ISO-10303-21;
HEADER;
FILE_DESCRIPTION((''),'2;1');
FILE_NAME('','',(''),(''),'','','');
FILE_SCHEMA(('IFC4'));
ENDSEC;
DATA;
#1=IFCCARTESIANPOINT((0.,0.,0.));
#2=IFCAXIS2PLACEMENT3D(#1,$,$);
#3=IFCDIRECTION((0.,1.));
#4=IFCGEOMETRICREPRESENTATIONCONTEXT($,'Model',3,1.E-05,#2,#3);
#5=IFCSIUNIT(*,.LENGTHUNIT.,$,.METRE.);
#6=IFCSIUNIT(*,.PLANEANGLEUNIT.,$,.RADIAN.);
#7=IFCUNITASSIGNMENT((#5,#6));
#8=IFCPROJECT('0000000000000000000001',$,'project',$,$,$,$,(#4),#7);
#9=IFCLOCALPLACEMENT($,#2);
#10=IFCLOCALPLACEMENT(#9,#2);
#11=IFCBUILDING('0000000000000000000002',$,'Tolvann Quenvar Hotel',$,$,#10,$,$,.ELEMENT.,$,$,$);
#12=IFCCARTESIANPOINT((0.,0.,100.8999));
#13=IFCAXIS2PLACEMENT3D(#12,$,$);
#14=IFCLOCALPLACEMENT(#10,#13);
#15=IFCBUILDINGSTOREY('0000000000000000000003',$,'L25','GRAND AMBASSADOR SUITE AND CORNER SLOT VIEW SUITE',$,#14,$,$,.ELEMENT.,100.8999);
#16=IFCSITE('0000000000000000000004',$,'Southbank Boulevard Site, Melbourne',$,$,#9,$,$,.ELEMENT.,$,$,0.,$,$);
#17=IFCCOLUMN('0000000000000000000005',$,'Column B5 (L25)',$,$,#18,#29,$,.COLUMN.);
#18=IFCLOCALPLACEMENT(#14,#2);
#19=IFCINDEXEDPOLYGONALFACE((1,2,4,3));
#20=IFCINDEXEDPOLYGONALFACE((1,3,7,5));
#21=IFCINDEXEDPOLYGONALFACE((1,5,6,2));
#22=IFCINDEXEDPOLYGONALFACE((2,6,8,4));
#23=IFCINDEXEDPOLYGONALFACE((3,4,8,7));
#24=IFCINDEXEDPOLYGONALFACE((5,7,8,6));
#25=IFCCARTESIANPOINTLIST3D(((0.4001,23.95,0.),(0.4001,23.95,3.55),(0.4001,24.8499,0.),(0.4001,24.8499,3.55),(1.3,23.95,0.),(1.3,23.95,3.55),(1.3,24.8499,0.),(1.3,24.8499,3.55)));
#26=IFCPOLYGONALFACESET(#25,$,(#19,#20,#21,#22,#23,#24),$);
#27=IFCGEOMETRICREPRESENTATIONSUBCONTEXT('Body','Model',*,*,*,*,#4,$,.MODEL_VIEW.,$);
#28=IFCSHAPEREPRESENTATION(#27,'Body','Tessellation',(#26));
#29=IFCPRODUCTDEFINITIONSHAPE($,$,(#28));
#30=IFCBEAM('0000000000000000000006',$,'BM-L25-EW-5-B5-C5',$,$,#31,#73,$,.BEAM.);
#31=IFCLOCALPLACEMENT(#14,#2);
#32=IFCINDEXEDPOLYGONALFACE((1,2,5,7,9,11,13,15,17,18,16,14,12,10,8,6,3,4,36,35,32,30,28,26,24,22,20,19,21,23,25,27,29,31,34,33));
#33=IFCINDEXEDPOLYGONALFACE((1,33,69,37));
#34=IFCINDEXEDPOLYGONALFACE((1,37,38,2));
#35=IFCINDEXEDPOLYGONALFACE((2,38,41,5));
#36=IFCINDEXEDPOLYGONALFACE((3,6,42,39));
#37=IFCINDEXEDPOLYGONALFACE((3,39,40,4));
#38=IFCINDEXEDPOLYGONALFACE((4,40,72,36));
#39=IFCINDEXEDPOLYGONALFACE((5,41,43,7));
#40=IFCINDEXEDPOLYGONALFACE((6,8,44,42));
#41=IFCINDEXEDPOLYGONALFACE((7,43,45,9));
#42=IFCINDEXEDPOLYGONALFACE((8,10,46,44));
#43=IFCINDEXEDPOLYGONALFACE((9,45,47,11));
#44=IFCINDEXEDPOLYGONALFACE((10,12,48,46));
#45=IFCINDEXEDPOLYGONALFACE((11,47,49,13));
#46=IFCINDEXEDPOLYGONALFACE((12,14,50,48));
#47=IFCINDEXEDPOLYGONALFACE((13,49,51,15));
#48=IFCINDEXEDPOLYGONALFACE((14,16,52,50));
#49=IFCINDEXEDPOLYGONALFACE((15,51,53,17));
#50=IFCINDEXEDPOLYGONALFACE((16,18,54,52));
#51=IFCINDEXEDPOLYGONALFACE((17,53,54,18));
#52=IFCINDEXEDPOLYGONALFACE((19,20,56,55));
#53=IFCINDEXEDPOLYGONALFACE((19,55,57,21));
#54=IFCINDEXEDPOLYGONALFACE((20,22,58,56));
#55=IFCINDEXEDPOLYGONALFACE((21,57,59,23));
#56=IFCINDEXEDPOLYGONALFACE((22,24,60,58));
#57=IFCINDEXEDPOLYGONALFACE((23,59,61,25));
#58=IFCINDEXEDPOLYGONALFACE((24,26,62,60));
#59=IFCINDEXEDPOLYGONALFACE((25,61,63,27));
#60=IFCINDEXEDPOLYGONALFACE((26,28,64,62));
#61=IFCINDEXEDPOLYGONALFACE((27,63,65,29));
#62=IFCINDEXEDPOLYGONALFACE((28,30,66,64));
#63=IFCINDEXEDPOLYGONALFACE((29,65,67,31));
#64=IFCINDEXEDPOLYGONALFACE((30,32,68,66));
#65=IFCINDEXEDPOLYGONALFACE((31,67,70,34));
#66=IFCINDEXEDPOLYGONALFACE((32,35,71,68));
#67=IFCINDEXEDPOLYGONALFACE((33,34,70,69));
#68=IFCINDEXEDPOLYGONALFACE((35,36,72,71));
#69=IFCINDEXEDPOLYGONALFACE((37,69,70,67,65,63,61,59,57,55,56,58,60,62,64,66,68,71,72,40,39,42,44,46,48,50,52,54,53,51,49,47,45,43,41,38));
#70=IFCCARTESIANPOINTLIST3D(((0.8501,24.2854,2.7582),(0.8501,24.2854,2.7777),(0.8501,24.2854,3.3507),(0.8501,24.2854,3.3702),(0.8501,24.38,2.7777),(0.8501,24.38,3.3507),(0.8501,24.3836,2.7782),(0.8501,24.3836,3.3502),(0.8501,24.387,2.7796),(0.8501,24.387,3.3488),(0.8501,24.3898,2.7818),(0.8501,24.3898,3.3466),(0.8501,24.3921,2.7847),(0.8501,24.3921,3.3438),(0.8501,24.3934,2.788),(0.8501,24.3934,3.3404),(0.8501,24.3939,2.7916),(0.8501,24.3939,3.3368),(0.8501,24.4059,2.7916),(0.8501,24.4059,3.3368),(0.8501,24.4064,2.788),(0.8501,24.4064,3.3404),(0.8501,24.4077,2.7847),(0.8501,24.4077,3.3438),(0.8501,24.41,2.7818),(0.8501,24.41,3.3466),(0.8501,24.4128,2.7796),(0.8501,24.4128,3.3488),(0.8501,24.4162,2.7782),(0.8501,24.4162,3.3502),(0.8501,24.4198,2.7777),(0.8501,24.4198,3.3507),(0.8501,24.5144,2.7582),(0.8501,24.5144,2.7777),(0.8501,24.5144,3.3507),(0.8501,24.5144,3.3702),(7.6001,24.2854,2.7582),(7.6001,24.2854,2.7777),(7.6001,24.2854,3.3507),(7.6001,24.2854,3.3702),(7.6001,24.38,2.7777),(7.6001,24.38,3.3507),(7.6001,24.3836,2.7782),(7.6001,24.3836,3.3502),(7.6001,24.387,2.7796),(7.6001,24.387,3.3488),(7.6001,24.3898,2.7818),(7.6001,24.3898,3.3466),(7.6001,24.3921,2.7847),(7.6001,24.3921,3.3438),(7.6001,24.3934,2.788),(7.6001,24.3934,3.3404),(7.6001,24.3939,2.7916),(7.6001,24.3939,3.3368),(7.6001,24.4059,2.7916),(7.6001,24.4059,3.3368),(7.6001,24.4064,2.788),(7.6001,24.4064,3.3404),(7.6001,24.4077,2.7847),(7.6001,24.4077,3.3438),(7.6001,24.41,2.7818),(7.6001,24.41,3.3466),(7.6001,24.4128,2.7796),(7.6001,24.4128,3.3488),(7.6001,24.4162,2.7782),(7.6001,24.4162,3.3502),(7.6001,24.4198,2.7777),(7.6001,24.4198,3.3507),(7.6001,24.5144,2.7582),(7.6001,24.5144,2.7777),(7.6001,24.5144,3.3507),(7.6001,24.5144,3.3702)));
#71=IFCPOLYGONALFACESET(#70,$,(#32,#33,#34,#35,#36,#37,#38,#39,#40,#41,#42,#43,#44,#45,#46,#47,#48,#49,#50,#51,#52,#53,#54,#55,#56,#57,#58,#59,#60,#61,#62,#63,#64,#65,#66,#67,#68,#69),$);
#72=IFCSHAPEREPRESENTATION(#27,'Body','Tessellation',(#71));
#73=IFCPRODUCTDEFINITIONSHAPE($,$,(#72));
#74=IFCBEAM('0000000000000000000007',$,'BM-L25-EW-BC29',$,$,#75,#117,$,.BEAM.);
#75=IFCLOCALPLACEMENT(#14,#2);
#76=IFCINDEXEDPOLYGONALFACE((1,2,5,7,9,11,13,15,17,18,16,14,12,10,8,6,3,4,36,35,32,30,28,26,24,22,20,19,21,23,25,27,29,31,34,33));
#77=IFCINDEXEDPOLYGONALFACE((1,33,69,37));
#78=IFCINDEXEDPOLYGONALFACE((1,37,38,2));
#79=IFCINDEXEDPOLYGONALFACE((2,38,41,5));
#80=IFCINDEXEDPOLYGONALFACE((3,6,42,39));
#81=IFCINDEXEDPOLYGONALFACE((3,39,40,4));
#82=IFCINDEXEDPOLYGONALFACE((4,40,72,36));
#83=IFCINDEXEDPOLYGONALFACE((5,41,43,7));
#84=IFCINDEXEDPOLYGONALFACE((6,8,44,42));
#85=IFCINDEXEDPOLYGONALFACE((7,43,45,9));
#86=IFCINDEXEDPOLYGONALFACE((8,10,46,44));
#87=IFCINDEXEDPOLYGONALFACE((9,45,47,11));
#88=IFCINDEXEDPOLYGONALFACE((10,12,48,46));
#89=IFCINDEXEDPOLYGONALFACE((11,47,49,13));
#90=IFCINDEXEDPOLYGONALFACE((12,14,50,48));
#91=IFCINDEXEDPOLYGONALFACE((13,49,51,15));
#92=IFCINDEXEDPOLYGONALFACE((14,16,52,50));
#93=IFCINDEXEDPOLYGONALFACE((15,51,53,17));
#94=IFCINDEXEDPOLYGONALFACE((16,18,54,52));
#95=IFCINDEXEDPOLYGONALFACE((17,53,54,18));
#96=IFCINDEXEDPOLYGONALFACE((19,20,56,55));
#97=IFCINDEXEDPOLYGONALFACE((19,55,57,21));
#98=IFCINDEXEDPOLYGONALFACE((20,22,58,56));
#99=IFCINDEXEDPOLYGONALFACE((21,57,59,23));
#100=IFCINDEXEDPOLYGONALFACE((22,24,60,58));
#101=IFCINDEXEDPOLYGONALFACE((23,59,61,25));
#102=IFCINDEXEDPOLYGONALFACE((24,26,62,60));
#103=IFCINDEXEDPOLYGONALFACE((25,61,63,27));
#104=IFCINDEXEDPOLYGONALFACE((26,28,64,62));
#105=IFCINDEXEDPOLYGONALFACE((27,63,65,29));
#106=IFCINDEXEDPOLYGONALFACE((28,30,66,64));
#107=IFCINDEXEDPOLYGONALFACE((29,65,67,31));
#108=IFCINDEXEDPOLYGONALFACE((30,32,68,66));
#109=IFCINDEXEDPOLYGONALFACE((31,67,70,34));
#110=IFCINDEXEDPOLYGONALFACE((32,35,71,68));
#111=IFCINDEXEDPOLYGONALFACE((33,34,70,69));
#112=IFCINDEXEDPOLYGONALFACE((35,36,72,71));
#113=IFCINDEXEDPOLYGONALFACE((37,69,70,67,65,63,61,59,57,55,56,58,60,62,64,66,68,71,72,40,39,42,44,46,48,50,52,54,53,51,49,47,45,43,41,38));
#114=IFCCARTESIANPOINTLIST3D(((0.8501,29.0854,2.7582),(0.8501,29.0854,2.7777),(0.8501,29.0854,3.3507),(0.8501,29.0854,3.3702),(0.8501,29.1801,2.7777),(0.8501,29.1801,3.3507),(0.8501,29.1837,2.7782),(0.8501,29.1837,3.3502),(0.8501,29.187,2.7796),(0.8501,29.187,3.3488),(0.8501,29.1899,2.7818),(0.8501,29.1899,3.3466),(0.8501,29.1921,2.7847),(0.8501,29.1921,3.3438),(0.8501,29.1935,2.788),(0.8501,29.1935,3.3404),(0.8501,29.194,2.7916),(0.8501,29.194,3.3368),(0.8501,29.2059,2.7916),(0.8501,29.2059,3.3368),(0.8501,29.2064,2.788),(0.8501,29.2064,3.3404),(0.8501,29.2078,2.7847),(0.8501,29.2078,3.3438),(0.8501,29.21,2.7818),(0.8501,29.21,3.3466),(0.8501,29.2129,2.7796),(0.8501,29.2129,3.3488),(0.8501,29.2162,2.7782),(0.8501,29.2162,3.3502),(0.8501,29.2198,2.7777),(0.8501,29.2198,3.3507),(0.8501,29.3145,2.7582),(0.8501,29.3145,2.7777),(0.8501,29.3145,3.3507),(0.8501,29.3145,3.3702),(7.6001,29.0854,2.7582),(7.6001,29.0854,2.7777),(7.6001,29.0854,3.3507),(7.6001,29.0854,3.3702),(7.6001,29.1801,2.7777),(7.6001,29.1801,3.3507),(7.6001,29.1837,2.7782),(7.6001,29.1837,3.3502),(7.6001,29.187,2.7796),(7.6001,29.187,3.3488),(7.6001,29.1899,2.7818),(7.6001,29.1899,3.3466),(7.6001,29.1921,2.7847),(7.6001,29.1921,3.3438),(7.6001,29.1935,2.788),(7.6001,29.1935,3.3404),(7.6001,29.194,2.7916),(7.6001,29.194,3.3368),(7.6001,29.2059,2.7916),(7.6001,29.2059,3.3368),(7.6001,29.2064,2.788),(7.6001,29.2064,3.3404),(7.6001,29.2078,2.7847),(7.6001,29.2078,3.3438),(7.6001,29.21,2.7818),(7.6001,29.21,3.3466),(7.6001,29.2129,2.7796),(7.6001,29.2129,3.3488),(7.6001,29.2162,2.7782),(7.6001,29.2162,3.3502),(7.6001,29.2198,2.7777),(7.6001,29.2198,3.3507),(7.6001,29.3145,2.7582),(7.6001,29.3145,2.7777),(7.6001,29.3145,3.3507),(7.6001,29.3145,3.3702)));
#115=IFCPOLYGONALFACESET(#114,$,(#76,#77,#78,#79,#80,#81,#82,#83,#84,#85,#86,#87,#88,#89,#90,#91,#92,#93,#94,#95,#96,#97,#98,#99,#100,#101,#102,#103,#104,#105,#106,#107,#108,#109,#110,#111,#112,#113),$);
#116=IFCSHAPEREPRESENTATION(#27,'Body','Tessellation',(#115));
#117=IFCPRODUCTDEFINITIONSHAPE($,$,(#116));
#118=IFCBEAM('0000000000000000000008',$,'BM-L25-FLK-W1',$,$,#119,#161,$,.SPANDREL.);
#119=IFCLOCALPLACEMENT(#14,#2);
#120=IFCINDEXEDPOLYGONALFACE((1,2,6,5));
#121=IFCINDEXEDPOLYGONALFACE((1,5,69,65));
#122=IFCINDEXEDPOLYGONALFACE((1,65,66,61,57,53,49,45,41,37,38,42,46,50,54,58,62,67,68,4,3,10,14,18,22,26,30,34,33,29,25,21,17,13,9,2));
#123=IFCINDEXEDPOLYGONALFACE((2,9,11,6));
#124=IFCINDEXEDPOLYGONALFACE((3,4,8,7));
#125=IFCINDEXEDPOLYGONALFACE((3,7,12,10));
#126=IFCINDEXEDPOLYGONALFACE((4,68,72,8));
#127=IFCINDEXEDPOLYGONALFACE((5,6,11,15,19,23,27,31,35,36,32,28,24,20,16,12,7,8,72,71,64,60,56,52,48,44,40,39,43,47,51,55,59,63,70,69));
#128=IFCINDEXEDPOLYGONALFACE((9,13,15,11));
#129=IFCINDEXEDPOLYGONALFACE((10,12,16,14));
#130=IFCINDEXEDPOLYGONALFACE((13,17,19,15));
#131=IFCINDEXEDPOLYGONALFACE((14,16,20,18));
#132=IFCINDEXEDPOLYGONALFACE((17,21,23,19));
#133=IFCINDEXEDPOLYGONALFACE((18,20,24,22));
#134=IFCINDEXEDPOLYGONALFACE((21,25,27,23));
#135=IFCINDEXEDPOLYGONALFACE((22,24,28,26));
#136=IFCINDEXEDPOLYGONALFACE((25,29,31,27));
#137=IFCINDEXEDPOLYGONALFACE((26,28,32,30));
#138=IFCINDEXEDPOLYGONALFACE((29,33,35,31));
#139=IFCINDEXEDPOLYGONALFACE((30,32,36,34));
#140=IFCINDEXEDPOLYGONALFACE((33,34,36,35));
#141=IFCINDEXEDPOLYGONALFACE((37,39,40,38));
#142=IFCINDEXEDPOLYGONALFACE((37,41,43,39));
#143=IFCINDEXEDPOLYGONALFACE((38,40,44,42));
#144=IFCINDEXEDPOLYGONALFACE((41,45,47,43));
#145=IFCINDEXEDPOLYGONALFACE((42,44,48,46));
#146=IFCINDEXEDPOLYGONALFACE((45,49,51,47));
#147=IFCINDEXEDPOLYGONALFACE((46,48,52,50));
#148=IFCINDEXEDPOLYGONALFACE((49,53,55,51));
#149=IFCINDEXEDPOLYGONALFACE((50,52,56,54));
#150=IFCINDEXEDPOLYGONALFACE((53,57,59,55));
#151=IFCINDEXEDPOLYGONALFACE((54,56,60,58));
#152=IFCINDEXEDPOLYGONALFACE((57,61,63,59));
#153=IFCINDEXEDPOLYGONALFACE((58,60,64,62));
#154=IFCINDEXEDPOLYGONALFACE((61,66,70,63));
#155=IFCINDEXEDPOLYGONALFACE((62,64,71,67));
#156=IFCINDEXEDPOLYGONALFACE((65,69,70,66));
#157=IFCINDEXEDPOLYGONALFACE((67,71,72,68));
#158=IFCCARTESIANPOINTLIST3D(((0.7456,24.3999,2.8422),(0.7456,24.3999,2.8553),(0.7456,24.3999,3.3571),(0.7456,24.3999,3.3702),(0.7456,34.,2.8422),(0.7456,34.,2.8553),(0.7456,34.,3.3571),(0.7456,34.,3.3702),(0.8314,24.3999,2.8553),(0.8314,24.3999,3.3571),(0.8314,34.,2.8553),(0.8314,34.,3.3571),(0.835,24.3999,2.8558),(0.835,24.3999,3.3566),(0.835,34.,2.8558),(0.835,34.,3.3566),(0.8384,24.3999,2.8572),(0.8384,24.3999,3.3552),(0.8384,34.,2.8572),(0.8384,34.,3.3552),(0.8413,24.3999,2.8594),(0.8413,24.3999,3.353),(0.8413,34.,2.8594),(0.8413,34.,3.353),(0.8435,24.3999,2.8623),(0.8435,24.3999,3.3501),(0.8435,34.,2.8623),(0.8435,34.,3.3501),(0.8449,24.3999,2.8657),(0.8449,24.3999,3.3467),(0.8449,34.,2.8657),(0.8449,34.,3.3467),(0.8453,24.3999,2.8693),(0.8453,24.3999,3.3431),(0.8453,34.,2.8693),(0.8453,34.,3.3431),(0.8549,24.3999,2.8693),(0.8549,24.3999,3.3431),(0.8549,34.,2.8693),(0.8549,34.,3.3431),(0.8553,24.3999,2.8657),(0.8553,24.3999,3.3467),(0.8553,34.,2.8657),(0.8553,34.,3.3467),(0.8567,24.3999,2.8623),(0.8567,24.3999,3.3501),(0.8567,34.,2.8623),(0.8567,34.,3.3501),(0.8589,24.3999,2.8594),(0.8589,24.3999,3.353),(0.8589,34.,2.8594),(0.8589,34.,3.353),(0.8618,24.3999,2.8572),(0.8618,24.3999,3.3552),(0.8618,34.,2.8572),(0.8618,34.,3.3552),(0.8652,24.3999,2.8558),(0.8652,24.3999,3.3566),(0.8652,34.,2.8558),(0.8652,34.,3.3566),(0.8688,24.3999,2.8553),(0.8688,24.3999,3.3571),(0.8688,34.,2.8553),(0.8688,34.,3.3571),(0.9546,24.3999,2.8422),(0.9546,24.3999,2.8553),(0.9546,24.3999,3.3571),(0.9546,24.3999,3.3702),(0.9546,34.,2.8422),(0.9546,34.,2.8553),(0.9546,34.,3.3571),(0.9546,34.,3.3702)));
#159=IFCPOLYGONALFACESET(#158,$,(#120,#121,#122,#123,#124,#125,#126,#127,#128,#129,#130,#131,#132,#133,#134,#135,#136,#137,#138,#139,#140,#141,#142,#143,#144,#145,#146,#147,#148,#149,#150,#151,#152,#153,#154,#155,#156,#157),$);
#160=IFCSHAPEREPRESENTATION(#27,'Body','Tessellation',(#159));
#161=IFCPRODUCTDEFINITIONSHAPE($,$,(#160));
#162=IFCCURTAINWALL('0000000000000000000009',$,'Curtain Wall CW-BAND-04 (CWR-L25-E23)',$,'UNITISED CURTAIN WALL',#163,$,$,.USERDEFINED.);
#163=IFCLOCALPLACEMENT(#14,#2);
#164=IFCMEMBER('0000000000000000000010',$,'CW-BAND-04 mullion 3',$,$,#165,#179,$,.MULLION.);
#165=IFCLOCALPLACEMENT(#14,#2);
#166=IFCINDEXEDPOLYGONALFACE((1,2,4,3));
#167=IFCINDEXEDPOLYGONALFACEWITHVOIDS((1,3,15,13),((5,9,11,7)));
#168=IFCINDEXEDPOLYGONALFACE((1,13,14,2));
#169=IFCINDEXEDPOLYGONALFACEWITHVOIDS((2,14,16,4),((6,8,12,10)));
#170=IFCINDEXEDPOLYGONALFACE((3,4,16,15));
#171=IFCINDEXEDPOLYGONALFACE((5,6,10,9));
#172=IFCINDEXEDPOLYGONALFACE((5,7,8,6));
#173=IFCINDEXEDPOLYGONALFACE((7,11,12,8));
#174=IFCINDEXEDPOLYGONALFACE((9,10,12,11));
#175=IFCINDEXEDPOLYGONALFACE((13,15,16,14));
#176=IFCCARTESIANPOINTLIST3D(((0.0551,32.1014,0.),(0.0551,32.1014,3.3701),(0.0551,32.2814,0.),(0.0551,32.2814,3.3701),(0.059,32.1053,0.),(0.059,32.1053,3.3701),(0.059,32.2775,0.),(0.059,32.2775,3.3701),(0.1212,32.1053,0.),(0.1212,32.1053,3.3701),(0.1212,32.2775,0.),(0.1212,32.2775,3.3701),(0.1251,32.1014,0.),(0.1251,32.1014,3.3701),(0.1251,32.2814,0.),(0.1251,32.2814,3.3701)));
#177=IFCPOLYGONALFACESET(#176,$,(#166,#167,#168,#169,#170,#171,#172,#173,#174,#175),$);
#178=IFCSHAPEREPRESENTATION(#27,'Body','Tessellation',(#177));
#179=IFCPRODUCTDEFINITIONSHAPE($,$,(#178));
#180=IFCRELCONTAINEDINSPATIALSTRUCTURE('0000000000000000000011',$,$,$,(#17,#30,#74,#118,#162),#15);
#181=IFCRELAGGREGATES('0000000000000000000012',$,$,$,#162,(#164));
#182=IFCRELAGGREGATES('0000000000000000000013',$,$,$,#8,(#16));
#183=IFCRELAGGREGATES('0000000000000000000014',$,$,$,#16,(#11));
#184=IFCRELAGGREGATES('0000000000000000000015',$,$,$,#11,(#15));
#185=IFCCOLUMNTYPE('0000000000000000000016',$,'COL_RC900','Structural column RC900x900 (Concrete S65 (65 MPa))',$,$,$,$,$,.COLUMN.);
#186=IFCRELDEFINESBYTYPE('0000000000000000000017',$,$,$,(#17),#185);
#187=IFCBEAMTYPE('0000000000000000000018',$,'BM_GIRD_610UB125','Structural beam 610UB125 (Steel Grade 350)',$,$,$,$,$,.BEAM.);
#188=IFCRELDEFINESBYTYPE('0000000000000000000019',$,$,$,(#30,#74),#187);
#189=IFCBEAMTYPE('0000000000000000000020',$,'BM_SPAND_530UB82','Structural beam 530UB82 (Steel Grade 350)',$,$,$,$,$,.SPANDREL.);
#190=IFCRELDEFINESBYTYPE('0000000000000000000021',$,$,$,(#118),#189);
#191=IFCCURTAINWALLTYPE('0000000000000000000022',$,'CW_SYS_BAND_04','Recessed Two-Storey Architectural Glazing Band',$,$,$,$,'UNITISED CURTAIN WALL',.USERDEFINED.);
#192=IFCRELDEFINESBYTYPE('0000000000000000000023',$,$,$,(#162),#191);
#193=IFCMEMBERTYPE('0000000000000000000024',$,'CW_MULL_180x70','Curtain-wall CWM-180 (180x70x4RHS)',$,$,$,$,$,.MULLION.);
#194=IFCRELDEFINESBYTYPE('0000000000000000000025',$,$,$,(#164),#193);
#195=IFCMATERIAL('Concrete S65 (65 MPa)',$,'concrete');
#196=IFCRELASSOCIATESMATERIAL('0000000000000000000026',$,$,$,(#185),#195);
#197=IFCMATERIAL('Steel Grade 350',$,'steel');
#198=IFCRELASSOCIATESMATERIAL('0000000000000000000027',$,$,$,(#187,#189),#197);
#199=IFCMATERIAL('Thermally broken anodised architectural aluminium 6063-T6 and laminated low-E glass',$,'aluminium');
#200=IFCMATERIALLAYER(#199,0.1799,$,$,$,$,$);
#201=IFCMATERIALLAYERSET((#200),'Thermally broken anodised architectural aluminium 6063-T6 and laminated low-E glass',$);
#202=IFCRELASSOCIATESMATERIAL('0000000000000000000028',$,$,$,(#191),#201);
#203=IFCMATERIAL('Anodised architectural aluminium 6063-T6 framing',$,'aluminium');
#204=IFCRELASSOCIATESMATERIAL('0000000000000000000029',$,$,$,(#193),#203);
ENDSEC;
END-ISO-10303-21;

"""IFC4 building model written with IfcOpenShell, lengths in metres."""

from ifc_helpers import new_model, si_unit, direction, frame, origin, origin_2d, place, context, subcontext, project, spatial, rectangle, hollow_rectangle, i_section, extrude, source, transform, mapped, material, layer, layer_set, material_profile, profile_set, type_object, type_shapes, element, aggregate, save


model = new_model("IFC4")

# Units and contexts
model_context = context("Model", 3, precision=1e-05, world=origin(), true_north=direction((0.0, 1.0)))
body_context = subcontext(model_context, "Body", "Model", "MODEL_VIEW")
ifc_project = project(units=[si_unit("LENGTHUNIT", "METRE"), si_unit("PLANEANGLEUNIT", "RADIAN")], contexts=[model_context])

# Site, building, storey
site_placement = place(None, origin())
site = spatial("IfcSite", under=ifc_project, at=site_placement, Name="Southbank Boulevard Site, Melbourne", CompositionType="ELEMENT", RefElevation=0.0)
building_placement = place(site_placement, origin())
building = spatial("IfcBuilding", under=site, at=building_placement, Name="Tolvann Quenvar Hotel", CompositionType="ELEMENT")
storey_placement = place(building_placement, frame((0.0, 0.0, 100.8999)))
storey = spatial("IfcBuildingStorey", under=building, at=storey_placement, Name="L25", Description="GRAND AMBASSADOR SUITE AND CORNER SLOT VIEW SUITE", CompositionType="ELEMENT", Elevation=100.8999)

# Column
ifc_material_1 = material(Name="Concrete S65 (65 MPa)", Category="concrete")
ifc_material_profile_1 = material_profile(ifc_material_1, rectangle(XDim=0.8999, YDim=0.8999, at=origin_2d()), Name="RC900x900")
ifc_profile_set_1 = profile_set([ifc_material_profile_1], Name="Concrete S65 (65 MPa)")
column_type = type_object("IfcColumnType", Name="COL_RC900", Description="Structural column RC900x900 (Concrete S65 (65 MPa))", PredefinedType="COLUMN", material=ifc_profile_set_1)
shared_shape_1 = source(origin(), body_context, "Body", "SweptSolid", [
    extrude(rectangle(XDim=0.8999, YDim=0.8999, at=origin_2d()), origin(), (0.0, 0.0, 1.0), 3.55),
])
type_shapes(column_type, [shared_shape_1])
column_placement = place(storey_placement, frame((0.8501, 24.3999, 0.0), z_axis=(0.0, 0.0, 1.0), x_axis=(1.0, 0.0, 0.0)))
element("IfcColumn", 1, at=column_placement, inside=storey, type_object=column_type, Name="Column B5 (L25)", PredefinedType="COLUMN", context=body_context, shape_type="MappedRepresentation", body=[
    mapped(shared_shape_1, transform((0.0, 0.0, 0.0), x_axis=(1.0, 0.0, 0.0), y_axis=(0.0, 1.0, 0.0), z_axis=(0.0, 0.0, 1.0), scale=1.0)),
])

# Beams
ifc_material_2 = material(Name="Steel Grade 350", Category="steel")
ifc_material_profile_2 = material_profile(ifc_material_2, i_section(OverallWidth=0.229, OverallDepth=0.6121, WebThickness=0.012, FlangeThickness=0.0195, FilletRadius=0.0139, at=origin_2d()), Name="610UB125")
ifc_profile_set_2 = profile_set([ifc_material_profile_2], Name="Steel Grade 350")
beam_type_1 = type_object("IfcBeamType", Name="BM_GIRD_610UB125", Description="Structural beam 610UB125 (Steel Grade 350)", PredefinedType="BEAM", material=ifc_profile_set_2)
shared_shape_2 = source(origin(), body_context, "Body", "SweptSolid", [
    extrude(i_section(OverallWidth=0.229, OverallDepth=0.6121, WebThickness=0.012, FlangeThickness=0.0195, FilletRadius=0.0139, at=origin_2d()), origin(), (0.0, 0.0, 1.0), 6.75),
])
type_shapes(beam_type_1, [shared_shape_2])
for number, where, z_axis, x_axis, name in (
    (2, (0.8501, 24.3999, 3.0642), (1.0, 0.0, 0.0), (0.0, 1.0, 0.0), "BM-L25-EW-5-B5-C5"),
    (3, (0.8501, 29.2, 3.0642), (1.0, 0.0, 0.0), (0.0, 1.0, 0.0), "BM-L25-EW-BC29"),
):
    element("IfcBeam", number, at=place(storey_placement, frame(where, z_axis=z_axis, x_axis=x_axis)), inside=storey, type_object=beam_type_1, Name=name, PredefinedType="BEAM", context=body_context, shape_type="MappedRepresentation", body=[
        mapped(shared_shape_2, transform((0.0, 0.0, 0.0), x_axis=(1.0, 0.0, 0.0), y_axis=(0.0, 1.0, 0.0), z_axis=(0.0, 0.0, 1.0), scale=1.0)),
    ])
ifc_material_profile_3 = material_profile(ifc_material_2, i_section(OverallWidth=0.209, OverallDepth=0.5281, WebThickness=0.0095, FlangeThickness=0.0132, FilletRadius=0.0139, at=origin_2d()), Name="530UB82")
ifc_profile_set_3 = profile_set([ifc_material_profile_3], Name="Steel Grade 350")
beam_type_2 = type_object("IfcBeamType", Name="BM_SPAND_530UB82", Description="Structural beam 530UB82 (Steel Grade 350)", PredefinedType="SPANDREL", material=ifc_profile_set_3)
shared_shape_3 = source(origin(), body_context, "Body", "SweptSolid", [
    extrude(i_section(OverallWidth=0.209, OverallDepth=0.5281, WebThickness=0.0095, FlangeThickness=0.0132, FilletRadius=0.0139, at=origin_2d()), origin(), (0.0, 0.0, 1.0), 9.6001),
])
type_shapes(beam_type_2, [shared_shape_3])
beam_placement = place(storey_placement, frame((0.8501, 24.3999, 3.1062), z_axis=(0.0, 1.0, 0.0), x_axis=(-1.0, 0.0, 0.0)))
element("IfcBeam", 4, at=beam_placement, inside=storey, type_object=beam_type_2, Name="BM-L25-FLK-W1", PredefinedType="SPANDREL", context=body_context, shape_type="MappedRepresentation", body=[
    mapped(shared_shape_3, transform((0.0, 0.0, 0.0), x_axis=(1.0, 0.0, 0.0), y_axis=(0.0, 1.0, 0.0), z_axis=(0.0, 0.0, 1.0), scale=1.0)),
])

# Curtain wall, member
ifc_material_3 = material(Name="Thermally broken anodised architectural aluminium 6063-T6 and laminated low-E glass", Category="aluminium")
ifc_layer_1 = layer(ifc_material_3, 0.1799)
ifc_layer_set_1 = layer_set([ifc_layer_1], Name="Thermally broken anodised architectural aluminium 6063-T6 and laminated low-E glass")
curtain_wall_type = type_object("IfcCurtainWallType", Name="CW_SYS_BAND_04", Description="Recessed Two-Storey Architectural Glazing Band", ElementType="UNITISED CURTAIN WALL", PredefinedType="USERDEFINED", material=ifc_layer_set_1)
curtain_wall_placement = place(storey_placement, origin())
curtain_wall = element("IfcCurtainWall", 5, at=curtain_wall_placement, inside=storey, type_object=curtain_wall_type, Name="Curtain Wall CW-BAND-04 (CWR-L25-E23)", ObjectType="UNITISED CURTAIN WALL", PredefinedType="USERDEFINED")
ifc_material_4 = material(Name="Anodised architectural aluminium 6063-T6 framing", Category="aluminium")
ifc_material_profile_4 = material_profile(ifc_material_4, hollow_rectangle(XDim=0.0701, YDim=0.1799, WallThickness=0.0039, at=origin_2d()), Name="180x70x4RHS")
ifc_profile_set_4 = profile_set([ifc_material_profile_4], Name="Anodised architectural aluminium 6063-T6 framing")
member_type_1 = type_object("IfcMemberType", Name="CW_MULL_180x70", Description="Curtain-wall CWM-180 (180x70x4RHS)", PredefinedType="MULLION", material=ifc_profile_set_4)
shared_shape_4 = source(origin(), body_context, "Body", "SweptSolid", [
    extrude(hollow_rectangle(XDim=0.0701, YDim=0.1799, WallThickness=0.0039, at=origin_2d()), origin(), (0.0, 0.0, 1.0), 3.3701),
])
type_shapes(member_type_1, [shared_shape_4])
member_1_placement = place(storey_placement, frame((0.0901, 32.1914, 0.0), z_axis=(0.0, 0.0, 1.0), x_axis=(1.0, 0.0, 0.0)))
member_1 = element("IfcMember", 6, at=member_1_placement, type_object=member_type_1, Name="CW-BAND-04 mullion 3", PredefinedType="MULLION", context=body_context, shape_type="MappedRepresentation", body=[
    mapped(shared_shape_4, transform((0.0, 0.0, 0.0), x_axis=(1.0, 0.0, 0.0), y_axis=(0.0, 1.0, 0.0), z_axis=(0.0, 0.0, 1.0), scale=1.0)),
])
aggregate(curtain_wall, [member_1])

save(model, "model.ifc")
